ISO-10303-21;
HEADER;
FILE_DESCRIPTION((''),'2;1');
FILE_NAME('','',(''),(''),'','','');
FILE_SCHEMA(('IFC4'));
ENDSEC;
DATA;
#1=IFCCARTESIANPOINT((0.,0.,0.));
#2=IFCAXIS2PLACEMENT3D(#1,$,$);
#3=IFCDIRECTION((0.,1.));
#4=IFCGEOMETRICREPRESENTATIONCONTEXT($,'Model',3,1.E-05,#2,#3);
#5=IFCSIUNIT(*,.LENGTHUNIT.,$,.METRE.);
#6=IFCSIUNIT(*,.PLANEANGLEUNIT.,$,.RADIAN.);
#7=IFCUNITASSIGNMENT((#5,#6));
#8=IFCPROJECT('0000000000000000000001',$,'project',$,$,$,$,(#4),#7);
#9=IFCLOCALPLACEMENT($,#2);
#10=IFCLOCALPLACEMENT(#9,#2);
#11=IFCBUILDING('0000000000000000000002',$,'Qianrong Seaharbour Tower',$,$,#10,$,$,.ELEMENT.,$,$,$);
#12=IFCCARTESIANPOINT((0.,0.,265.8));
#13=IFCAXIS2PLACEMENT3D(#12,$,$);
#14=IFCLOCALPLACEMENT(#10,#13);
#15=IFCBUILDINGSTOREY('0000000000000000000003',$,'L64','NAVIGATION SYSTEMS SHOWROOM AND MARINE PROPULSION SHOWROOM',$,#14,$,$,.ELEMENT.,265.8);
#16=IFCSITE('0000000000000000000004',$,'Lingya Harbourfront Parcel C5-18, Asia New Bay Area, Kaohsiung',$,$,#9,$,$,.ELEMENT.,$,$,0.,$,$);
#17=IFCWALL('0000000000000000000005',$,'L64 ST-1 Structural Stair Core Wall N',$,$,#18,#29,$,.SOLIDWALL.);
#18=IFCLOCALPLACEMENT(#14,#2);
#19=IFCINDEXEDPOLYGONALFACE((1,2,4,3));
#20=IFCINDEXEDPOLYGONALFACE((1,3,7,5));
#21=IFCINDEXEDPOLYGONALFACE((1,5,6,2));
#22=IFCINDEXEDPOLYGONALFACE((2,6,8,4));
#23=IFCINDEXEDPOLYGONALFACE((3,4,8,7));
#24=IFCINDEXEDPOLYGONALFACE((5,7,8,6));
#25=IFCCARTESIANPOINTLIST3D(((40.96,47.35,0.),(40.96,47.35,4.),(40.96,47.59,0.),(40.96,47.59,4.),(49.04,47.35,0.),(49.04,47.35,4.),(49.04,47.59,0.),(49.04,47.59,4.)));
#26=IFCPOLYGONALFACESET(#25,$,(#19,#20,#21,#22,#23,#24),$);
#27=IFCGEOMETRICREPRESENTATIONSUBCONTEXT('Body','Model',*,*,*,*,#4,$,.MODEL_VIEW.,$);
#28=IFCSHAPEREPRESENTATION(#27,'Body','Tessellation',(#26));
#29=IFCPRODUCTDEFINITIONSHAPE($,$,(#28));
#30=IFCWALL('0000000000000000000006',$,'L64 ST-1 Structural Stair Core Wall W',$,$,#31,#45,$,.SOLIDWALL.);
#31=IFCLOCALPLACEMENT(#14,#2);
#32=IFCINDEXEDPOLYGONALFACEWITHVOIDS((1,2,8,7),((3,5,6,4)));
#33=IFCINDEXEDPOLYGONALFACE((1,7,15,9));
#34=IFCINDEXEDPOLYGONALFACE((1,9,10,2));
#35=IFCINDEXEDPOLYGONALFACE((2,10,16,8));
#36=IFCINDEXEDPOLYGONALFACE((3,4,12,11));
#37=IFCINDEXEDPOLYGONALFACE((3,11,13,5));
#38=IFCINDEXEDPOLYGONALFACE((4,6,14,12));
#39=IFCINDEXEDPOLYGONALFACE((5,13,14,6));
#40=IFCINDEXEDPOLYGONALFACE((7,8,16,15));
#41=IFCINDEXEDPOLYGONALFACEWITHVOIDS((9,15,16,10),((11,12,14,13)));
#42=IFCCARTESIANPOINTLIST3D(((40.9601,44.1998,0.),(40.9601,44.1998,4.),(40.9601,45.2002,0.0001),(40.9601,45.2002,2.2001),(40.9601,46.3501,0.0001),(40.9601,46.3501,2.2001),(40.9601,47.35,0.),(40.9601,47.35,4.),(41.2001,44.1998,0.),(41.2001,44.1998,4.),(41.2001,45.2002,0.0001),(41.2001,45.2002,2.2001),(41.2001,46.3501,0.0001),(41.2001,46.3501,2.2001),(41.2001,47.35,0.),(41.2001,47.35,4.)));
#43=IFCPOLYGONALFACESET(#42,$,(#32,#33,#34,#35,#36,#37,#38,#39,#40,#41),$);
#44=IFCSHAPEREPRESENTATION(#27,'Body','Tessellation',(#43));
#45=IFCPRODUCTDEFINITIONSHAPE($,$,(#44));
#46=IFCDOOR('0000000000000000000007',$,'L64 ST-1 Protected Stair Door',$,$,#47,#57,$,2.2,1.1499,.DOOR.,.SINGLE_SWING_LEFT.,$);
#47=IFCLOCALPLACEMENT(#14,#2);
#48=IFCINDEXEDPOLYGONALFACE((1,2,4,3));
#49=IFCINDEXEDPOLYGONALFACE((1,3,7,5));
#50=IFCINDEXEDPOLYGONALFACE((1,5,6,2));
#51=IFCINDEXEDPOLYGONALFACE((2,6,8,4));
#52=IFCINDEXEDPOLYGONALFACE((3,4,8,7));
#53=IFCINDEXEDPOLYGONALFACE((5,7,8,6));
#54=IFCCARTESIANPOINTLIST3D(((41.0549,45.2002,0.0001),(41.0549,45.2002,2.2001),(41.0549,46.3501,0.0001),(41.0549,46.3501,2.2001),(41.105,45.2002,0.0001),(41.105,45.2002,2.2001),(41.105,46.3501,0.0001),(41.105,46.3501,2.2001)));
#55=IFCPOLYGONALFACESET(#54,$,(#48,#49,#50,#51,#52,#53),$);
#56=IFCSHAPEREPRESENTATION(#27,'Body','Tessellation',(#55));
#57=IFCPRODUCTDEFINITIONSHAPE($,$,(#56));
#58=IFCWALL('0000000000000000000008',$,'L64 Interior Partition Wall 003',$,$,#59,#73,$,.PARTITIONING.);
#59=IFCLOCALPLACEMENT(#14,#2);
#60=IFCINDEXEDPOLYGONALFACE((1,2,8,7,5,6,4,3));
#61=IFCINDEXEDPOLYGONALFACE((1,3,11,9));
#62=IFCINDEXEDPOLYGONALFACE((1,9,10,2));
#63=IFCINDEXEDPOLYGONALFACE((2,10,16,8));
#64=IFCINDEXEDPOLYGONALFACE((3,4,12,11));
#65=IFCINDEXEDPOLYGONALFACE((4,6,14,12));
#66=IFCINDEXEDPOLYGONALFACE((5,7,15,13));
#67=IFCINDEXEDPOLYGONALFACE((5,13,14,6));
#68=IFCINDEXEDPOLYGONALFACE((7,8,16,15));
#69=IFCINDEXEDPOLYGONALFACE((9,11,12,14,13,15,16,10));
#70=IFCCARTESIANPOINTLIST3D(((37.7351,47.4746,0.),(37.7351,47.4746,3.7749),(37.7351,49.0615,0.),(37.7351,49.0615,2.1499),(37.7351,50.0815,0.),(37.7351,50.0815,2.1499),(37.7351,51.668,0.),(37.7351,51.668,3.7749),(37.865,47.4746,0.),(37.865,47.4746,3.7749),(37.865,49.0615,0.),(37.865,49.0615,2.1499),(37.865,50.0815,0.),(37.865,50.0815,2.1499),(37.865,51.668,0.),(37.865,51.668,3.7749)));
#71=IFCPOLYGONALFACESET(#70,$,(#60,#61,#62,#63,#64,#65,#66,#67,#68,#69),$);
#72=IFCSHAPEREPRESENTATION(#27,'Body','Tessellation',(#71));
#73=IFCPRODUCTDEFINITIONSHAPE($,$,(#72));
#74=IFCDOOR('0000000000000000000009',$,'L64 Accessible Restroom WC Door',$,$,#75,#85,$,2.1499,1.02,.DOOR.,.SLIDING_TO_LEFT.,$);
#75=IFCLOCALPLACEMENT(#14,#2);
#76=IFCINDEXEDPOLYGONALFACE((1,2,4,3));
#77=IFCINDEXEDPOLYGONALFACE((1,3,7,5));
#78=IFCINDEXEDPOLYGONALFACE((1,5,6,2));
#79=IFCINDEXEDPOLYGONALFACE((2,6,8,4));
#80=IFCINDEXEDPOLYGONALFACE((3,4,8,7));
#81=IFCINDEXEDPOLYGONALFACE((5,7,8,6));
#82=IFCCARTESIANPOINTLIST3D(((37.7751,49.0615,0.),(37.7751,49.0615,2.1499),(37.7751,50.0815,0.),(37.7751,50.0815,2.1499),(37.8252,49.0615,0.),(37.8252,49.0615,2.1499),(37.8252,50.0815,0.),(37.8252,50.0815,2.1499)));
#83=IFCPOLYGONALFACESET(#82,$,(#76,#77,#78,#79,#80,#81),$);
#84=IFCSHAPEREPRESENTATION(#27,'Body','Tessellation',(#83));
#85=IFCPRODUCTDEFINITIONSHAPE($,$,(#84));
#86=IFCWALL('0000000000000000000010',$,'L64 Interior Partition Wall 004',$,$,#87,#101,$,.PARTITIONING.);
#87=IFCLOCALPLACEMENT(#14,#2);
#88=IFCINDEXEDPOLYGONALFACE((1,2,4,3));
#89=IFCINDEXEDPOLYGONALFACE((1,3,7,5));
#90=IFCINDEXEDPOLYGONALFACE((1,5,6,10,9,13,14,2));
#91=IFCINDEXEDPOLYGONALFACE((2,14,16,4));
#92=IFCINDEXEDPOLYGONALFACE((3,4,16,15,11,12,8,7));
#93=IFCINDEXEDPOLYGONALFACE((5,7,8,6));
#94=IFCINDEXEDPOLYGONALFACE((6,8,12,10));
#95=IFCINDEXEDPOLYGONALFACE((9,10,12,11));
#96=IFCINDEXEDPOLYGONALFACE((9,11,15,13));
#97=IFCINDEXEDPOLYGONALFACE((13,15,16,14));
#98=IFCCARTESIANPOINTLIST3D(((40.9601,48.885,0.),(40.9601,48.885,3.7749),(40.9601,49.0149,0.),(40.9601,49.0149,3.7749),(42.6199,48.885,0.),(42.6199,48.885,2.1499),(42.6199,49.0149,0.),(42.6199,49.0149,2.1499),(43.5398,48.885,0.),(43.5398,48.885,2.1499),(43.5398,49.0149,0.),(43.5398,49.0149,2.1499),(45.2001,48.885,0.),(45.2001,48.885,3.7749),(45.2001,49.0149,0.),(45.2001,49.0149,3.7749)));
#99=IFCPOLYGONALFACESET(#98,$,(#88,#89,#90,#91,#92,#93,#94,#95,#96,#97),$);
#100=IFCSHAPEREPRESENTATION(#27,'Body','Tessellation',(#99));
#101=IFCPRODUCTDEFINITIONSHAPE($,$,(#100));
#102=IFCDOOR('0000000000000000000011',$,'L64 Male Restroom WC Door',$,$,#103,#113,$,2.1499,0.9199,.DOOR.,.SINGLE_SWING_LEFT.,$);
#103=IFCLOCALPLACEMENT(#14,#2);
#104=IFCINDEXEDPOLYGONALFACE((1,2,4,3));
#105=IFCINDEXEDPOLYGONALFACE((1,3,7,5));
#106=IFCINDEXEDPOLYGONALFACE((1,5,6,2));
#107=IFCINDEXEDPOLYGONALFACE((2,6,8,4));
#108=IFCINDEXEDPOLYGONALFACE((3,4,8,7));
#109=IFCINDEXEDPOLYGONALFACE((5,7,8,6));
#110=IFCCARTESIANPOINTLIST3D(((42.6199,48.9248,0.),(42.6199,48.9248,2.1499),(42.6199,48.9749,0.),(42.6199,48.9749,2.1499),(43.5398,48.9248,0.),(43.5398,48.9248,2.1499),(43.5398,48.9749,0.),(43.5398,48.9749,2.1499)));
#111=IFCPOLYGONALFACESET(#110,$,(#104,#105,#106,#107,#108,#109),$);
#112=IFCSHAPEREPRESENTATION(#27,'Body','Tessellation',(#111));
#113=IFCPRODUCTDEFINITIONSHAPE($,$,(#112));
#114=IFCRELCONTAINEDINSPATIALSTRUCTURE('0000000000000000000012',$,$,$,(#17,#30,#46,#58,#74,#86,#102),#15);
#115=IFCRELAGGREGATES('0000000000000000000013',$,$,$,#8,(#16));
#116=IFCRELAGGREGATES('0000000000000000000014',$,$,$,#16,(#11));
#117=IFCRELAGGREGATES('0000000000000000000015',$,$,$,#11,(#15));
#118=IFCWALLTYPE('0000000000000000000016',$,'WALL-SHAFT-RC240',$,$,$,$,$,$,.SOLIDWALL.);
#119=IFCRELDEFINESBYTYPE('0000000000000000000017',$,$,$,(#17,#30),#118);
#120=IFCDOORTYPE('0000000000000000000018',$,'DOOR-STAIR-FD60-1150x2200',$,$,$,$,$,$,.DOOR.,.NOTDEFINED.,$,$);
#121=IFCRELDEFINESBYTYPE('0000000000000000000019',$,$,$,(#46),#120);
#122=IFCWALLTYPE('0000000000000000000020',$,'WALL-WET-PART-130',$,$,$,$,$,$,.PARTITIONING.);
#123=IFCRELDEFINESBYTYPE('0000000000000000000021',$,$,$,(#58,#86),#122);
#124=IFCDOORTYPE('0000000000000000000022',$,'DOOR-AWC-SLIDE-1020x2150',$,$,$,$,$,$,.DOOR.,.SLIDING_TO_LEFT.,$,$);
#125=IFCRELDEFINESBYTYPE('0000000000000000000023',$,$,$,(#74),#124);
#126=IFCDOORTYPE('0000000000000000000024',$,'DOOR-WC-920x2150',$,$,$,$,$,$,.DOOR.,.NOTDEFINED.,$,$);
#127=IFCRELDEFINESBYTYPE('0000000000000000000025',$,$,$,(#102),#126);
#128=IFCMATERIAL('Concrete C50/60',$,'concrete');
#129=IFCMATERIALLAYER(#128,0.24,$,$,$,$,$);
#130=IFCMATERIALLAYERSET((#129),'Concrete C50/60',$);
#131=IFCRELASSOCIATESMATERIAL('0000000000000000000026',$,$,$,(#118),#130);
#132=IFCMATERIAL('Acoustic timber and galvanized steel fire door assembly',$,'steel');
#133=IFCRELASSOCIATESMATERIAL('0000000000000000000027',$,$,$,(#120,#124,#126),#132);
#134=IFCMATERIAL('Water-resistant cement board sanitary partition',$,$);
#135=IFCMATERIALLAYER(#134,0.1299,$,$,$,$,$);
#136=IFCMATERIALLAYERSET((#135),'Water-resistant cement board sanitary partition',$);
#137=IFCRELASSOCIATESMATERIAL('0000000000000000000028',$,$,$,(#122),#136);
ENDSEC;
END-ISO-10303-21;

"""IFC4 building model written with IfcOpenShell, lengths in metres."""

from ifc_helpers import new_model, si_unit, direction, frame, frame_2d, origin, place, context, subcontext, project, spatial, rectangle, extrude, material, layer, layer_set, type_object, element, fill, save


model = new_model("IFC4")

# Units and contexts
model_context = context("Model", 3, precision=1e-05, world=origin(), true_north=direction((0.0, 1.0)))
body_context = subcontext(model_context, "Body", "Model", "MODEL_VIEW")
ifc_project = project(units=[si_unit("LENGTHUNIT", "METRE"), si_unit("PLANEANGLEUNIT", "RADIAN")], contexts=[model_context])

# Site, building, storey
site_placement = place(None, origin())
site = spatial("IfcSite", under=ifc_project, at=site_placement, Name="Lingya Harbourfront Parcel C5-18, Asia New Bay Area, Kaohsiung", CompositionType="ELEMENT", RefElevation=0.0)
building_placement = place(site_placement, origin())
building = spatial("IfcBuilding", under=site, at=building_placement, Name="Qianrong Seaharbour Tower", CompositionType="ELEMENT")
storey_placement = place(building_placement, frame((0.0, 0.0, 265.8)))
storey = spatial("IfcBuildingStorey", under=building, at=storey_placement, Name="L64", Description="NAVIGATION SYSTEMS SHOWROOM AND MARINE PROPULSION SHOWROOM", CompositionType="ELEMENT", Elevation=265.8)

# Shared definitions
ifc_material_1 = material(Name="Acoustic timber and galvanized steel fire door assembly", Category="steel")

# Wall
ifc_material_2 = material(Name="Concrete C50/60", Category="concrete")
ifc_layer_1 = layer(ifc_material_2, 0.24)
ifc_layer_set_1 = layer_set([ifc_layer_1], Name="Concrete C50/60")
wall_type_1 = type_object("IfcWallType", Name="WALL-SHAFT-RC240", PredefinedType="SOLIDWALL", material=ifc_layer_set_1)
wall_1_placement = place(storey_placement, frame((40.96, 47.47, 0.0), z_axis=(0.0, 0.0, 1.0), x_axis=(1.0, 0.0, 0.0)))
element("IfcWall", 1, at=wall_1_placement, inside=storey, type_object=wall_type_1, Name="L64 ST-1 Structural Stair Core Wall N", PredefinedType="SOLIDWALL", context=body_context, shape_type="SweptSolid", body=[
    extrude(rectangle(XDim=8.0801, YDim=0.24, at=frame_2d((4.04, 0.0))), origin(), (0.0, 0.0, 1.0), 4.0),
])

# Walls, openings, doors
wall_2_placement = place(storey_placement, frame((41.0801, 47.3501, 0.0), z_axis=(0.0, 0.0, 1.0), x_axis=(0.0, -1.0, 0.0)))
wall_2 = element("IfcWall", 2, at=wall_2_placement, inside=storey, type_object=wall_type_1, Name="L64 ST-1 Structural Stair Core Wall W", PredefinedType="SOLIDWALL", context=body_context, shape_type="SweptSolid", body=[
    extrude(rectangle(XDim=3.1501, YDim=0.24, at=frame_2d((1.5752, 0.0))), origin(), (0.0, 0.0, 1.0), 4.0),
])
opening_1_placement = place(wall_2_placement, frame((1.0, 0.0, 0.0)))
opening_1 = element("IfcOpeningElement", 3, at=opening_1_placement, cuts=wall_2, PredefinedType="OPENING", context=body_context, shape_type="SweptSolid", body=[
    extrude(rectangle(XDim=1.1499, YDim=2.2, at=frame_2d((0.575, 1.1001))), frame((0.0, 0.1299, 0.0), z_axis=(0.0, -1.0, 0.0), x_axis=(1.0, 0.0, 0.0)), (0.0, 0.0, 1.0), 0.26),
])
door_type_1 = type_object("IfcDoorType", Name="DOOR-STAIR-FD60-1150x2200", OperationType="NOTDEFINED", PredefinedType="DOOR", material=ifc_material_1)
door_1_placement = place(opening_1_placement, origin())
door_1 = element("IfcDoor", 4, at=door_1_placement, inside=storey, type_object=door_type_1, Name="L64 ST-1 Protected Stair Door", OperationType="SINGLE_SWING_LEFT", OverallHeight=2.2, OverallWidth=1.1499, PredefinedType="DOOR", context=body_context, shape_type="SweptSolid", body=[
    extrude(rectangle(XDim=1.1499, YDim=2.2, at=frame_2d((0.575, 1.1001))), frame((0.0, 0.0249, 0.0), z_axis=(0.0, -1.0, 0.0), x_axis=(1.0, 0.0, 0.0)), (0.0, 0.0, 1.0), 0.05),
])
fill(opening_1, door_1)
ifc_material_3 = material(Name="Water-resistant cement board sanitary partition")
ifc_layer_2 = layer(ifc_material_3, 0.1299)
ifc_layer_set_2 = layer_set([ifc_layer_2], Name="Water-resistant cement board sanitary partition")
wall_type_2 = type_object("IfcWallType", Name="WALL-WET-PART-130", PredefinedType="PARTITIONING", material=ifc_layer_set_2)
wall_3_placement = place(storey_placement, frame((37.8, 47.4746, 0.0), z_axis=(0.0, 0.0, 1.0), x_axis=(0.0, 1.0, 0.0)))
wall_3 = element("IfcWall", 5, at=wall_3_placement, inside=storey, type_object=wall_type_2, Name="L64 Interior Partition Wall 003", PredefinedType="PARTITIONING", context=body_context, shape_type="SweptSolid", body=[
    extrude(rectangle(XDim=4.1934, YDim=0.1299, at=frame_2d((2.0967, 0.0))), origin(), (0.0, 0.0, 1.0), 3.7749),
])
opening_2_placement = place(wall_3_placement, frame((1.5869, 0.0, 0.0)))
opening_2 = element("IfcOpeningElement", 6, at=opening_2_placement, cuts=wall_3, PredefinedType="OPENING", context=body_context, shape_type="SweptSolid", body=[
    extrude(rectangle(XDim=1.02, YDim=2.1499, at=frame_2d((0.51, 1.075))), frame((0.0, 0.075, 0.0), z_axis=(0.0, -1.0, 0.0), x_axis=(1.0, 0.0, 0.0)), (0.0, 0.0, 1.0), 0.1499),
])
door_type_2 = type_object("IfcDoorType", Name="DOOR-AWC-SLIDE-1020x2150", OperationType="SLIDING_TO_LEFT", PredefinedType="DOOR", material=ifc_material_1)
door_2_placement = place(opening_2_placement, origin())
door_2 = element("IfcDoor", 7, at=door_2_placement, inside=storey, type_object=door_type_2, Name="L64 Accessible Restroom WC Door", OperationType="SLIDING_TO_LEFT", OverallHeight=2.1499, OverallWidth=1.02, PredefinedType="DOOR", context=body_context, shape_type="SweptSolid", body=[
    extrude(rectangle(XDim=1.02, YDim=2.1499, at=frame_2d((0.51, 1.075))), frame((0.0, 0.0249, 0.0), z_axis=(0.0, -1.0, 0.0), x_axis=(1.0, 0.0, 0.0)), (0.0, 0.0, 1.0), 0.05),
])
fill(opening_2, door_2)
wall_4_placement = place(storey_placement, frame((40.96, 48.95, 0.0), z_axis=(0.0, 0.0, 1.0), x_axis=(1.0, 0.0, 0.0)))
wall_4 = element("IfcWall", 8, at=wall_4_placement, inside=storey, type_object=wall_type_2, Name="L64 Interior Partition Wall 004", PredefinedType="PARTITIONING", context=body_context, shape_type="SweptSolid", body=[
    extrude(rectangle(XDim=4.24, YDim=0.1299, at=frame_2d((2.1201, 0.0))), origin(), (0.0, 0.0, 1.0), 3.7749),
])
opening_3_placement = place(wall_4_placement, frame((1.6599, 0.0, 0.0)))
opening_3 = element("IfcOpeningElement", 9, at=opening_3_placement, cuts=wall_4, PredefinedType="OPENING", context=body_context, shape_type="SweptSolid", body=[
    extrude(rectangle(XDim=0.9199, YDim=2.1499, at=frame_2d((0.46, 1.075))), frame((0.0, 0.075, 0.0), z_axis=(0.0, -1.0, 0.0), x_axis=(1.0, 0.0, 0.0)), (0.0, 0.0, 1.0), 0.1499),
])
door_type_3 = type_object("IfcDoorType", Name="DOOR-WC-920x2150", OperationType="NOTDEFINED", PredefinedType="DOOR", material=ifc_material_1)
door_3_placement = place(opening_3_placement, origin())
door_3 = element("IfcDoor", 10, at=door_3_placement, inside=storey, type_object=door_type_3, Name="L64 Male Restroom WC Door", OperationType="SINGLE_SWING_LEFT", OverallHeight=2.1499, OverallWidth=0.9199, PredefinedType="DOOR", context=body_context, shape_type="SweptSolid", body=[
    extrude(rectangle(XDim=0.9199, YDim=2.1499, at=frame_2d((0.46, 1.075))), frame((0.0, 0.0249, 0.0), z_axis=(0.0, -1.0, 0.0), x_axis=(1.0, 0.0, 0.0)), (0.0, 0.0, 1.0), 0.05),
])
fill(opening_3, door_3)

save(model, "model.ifc")
